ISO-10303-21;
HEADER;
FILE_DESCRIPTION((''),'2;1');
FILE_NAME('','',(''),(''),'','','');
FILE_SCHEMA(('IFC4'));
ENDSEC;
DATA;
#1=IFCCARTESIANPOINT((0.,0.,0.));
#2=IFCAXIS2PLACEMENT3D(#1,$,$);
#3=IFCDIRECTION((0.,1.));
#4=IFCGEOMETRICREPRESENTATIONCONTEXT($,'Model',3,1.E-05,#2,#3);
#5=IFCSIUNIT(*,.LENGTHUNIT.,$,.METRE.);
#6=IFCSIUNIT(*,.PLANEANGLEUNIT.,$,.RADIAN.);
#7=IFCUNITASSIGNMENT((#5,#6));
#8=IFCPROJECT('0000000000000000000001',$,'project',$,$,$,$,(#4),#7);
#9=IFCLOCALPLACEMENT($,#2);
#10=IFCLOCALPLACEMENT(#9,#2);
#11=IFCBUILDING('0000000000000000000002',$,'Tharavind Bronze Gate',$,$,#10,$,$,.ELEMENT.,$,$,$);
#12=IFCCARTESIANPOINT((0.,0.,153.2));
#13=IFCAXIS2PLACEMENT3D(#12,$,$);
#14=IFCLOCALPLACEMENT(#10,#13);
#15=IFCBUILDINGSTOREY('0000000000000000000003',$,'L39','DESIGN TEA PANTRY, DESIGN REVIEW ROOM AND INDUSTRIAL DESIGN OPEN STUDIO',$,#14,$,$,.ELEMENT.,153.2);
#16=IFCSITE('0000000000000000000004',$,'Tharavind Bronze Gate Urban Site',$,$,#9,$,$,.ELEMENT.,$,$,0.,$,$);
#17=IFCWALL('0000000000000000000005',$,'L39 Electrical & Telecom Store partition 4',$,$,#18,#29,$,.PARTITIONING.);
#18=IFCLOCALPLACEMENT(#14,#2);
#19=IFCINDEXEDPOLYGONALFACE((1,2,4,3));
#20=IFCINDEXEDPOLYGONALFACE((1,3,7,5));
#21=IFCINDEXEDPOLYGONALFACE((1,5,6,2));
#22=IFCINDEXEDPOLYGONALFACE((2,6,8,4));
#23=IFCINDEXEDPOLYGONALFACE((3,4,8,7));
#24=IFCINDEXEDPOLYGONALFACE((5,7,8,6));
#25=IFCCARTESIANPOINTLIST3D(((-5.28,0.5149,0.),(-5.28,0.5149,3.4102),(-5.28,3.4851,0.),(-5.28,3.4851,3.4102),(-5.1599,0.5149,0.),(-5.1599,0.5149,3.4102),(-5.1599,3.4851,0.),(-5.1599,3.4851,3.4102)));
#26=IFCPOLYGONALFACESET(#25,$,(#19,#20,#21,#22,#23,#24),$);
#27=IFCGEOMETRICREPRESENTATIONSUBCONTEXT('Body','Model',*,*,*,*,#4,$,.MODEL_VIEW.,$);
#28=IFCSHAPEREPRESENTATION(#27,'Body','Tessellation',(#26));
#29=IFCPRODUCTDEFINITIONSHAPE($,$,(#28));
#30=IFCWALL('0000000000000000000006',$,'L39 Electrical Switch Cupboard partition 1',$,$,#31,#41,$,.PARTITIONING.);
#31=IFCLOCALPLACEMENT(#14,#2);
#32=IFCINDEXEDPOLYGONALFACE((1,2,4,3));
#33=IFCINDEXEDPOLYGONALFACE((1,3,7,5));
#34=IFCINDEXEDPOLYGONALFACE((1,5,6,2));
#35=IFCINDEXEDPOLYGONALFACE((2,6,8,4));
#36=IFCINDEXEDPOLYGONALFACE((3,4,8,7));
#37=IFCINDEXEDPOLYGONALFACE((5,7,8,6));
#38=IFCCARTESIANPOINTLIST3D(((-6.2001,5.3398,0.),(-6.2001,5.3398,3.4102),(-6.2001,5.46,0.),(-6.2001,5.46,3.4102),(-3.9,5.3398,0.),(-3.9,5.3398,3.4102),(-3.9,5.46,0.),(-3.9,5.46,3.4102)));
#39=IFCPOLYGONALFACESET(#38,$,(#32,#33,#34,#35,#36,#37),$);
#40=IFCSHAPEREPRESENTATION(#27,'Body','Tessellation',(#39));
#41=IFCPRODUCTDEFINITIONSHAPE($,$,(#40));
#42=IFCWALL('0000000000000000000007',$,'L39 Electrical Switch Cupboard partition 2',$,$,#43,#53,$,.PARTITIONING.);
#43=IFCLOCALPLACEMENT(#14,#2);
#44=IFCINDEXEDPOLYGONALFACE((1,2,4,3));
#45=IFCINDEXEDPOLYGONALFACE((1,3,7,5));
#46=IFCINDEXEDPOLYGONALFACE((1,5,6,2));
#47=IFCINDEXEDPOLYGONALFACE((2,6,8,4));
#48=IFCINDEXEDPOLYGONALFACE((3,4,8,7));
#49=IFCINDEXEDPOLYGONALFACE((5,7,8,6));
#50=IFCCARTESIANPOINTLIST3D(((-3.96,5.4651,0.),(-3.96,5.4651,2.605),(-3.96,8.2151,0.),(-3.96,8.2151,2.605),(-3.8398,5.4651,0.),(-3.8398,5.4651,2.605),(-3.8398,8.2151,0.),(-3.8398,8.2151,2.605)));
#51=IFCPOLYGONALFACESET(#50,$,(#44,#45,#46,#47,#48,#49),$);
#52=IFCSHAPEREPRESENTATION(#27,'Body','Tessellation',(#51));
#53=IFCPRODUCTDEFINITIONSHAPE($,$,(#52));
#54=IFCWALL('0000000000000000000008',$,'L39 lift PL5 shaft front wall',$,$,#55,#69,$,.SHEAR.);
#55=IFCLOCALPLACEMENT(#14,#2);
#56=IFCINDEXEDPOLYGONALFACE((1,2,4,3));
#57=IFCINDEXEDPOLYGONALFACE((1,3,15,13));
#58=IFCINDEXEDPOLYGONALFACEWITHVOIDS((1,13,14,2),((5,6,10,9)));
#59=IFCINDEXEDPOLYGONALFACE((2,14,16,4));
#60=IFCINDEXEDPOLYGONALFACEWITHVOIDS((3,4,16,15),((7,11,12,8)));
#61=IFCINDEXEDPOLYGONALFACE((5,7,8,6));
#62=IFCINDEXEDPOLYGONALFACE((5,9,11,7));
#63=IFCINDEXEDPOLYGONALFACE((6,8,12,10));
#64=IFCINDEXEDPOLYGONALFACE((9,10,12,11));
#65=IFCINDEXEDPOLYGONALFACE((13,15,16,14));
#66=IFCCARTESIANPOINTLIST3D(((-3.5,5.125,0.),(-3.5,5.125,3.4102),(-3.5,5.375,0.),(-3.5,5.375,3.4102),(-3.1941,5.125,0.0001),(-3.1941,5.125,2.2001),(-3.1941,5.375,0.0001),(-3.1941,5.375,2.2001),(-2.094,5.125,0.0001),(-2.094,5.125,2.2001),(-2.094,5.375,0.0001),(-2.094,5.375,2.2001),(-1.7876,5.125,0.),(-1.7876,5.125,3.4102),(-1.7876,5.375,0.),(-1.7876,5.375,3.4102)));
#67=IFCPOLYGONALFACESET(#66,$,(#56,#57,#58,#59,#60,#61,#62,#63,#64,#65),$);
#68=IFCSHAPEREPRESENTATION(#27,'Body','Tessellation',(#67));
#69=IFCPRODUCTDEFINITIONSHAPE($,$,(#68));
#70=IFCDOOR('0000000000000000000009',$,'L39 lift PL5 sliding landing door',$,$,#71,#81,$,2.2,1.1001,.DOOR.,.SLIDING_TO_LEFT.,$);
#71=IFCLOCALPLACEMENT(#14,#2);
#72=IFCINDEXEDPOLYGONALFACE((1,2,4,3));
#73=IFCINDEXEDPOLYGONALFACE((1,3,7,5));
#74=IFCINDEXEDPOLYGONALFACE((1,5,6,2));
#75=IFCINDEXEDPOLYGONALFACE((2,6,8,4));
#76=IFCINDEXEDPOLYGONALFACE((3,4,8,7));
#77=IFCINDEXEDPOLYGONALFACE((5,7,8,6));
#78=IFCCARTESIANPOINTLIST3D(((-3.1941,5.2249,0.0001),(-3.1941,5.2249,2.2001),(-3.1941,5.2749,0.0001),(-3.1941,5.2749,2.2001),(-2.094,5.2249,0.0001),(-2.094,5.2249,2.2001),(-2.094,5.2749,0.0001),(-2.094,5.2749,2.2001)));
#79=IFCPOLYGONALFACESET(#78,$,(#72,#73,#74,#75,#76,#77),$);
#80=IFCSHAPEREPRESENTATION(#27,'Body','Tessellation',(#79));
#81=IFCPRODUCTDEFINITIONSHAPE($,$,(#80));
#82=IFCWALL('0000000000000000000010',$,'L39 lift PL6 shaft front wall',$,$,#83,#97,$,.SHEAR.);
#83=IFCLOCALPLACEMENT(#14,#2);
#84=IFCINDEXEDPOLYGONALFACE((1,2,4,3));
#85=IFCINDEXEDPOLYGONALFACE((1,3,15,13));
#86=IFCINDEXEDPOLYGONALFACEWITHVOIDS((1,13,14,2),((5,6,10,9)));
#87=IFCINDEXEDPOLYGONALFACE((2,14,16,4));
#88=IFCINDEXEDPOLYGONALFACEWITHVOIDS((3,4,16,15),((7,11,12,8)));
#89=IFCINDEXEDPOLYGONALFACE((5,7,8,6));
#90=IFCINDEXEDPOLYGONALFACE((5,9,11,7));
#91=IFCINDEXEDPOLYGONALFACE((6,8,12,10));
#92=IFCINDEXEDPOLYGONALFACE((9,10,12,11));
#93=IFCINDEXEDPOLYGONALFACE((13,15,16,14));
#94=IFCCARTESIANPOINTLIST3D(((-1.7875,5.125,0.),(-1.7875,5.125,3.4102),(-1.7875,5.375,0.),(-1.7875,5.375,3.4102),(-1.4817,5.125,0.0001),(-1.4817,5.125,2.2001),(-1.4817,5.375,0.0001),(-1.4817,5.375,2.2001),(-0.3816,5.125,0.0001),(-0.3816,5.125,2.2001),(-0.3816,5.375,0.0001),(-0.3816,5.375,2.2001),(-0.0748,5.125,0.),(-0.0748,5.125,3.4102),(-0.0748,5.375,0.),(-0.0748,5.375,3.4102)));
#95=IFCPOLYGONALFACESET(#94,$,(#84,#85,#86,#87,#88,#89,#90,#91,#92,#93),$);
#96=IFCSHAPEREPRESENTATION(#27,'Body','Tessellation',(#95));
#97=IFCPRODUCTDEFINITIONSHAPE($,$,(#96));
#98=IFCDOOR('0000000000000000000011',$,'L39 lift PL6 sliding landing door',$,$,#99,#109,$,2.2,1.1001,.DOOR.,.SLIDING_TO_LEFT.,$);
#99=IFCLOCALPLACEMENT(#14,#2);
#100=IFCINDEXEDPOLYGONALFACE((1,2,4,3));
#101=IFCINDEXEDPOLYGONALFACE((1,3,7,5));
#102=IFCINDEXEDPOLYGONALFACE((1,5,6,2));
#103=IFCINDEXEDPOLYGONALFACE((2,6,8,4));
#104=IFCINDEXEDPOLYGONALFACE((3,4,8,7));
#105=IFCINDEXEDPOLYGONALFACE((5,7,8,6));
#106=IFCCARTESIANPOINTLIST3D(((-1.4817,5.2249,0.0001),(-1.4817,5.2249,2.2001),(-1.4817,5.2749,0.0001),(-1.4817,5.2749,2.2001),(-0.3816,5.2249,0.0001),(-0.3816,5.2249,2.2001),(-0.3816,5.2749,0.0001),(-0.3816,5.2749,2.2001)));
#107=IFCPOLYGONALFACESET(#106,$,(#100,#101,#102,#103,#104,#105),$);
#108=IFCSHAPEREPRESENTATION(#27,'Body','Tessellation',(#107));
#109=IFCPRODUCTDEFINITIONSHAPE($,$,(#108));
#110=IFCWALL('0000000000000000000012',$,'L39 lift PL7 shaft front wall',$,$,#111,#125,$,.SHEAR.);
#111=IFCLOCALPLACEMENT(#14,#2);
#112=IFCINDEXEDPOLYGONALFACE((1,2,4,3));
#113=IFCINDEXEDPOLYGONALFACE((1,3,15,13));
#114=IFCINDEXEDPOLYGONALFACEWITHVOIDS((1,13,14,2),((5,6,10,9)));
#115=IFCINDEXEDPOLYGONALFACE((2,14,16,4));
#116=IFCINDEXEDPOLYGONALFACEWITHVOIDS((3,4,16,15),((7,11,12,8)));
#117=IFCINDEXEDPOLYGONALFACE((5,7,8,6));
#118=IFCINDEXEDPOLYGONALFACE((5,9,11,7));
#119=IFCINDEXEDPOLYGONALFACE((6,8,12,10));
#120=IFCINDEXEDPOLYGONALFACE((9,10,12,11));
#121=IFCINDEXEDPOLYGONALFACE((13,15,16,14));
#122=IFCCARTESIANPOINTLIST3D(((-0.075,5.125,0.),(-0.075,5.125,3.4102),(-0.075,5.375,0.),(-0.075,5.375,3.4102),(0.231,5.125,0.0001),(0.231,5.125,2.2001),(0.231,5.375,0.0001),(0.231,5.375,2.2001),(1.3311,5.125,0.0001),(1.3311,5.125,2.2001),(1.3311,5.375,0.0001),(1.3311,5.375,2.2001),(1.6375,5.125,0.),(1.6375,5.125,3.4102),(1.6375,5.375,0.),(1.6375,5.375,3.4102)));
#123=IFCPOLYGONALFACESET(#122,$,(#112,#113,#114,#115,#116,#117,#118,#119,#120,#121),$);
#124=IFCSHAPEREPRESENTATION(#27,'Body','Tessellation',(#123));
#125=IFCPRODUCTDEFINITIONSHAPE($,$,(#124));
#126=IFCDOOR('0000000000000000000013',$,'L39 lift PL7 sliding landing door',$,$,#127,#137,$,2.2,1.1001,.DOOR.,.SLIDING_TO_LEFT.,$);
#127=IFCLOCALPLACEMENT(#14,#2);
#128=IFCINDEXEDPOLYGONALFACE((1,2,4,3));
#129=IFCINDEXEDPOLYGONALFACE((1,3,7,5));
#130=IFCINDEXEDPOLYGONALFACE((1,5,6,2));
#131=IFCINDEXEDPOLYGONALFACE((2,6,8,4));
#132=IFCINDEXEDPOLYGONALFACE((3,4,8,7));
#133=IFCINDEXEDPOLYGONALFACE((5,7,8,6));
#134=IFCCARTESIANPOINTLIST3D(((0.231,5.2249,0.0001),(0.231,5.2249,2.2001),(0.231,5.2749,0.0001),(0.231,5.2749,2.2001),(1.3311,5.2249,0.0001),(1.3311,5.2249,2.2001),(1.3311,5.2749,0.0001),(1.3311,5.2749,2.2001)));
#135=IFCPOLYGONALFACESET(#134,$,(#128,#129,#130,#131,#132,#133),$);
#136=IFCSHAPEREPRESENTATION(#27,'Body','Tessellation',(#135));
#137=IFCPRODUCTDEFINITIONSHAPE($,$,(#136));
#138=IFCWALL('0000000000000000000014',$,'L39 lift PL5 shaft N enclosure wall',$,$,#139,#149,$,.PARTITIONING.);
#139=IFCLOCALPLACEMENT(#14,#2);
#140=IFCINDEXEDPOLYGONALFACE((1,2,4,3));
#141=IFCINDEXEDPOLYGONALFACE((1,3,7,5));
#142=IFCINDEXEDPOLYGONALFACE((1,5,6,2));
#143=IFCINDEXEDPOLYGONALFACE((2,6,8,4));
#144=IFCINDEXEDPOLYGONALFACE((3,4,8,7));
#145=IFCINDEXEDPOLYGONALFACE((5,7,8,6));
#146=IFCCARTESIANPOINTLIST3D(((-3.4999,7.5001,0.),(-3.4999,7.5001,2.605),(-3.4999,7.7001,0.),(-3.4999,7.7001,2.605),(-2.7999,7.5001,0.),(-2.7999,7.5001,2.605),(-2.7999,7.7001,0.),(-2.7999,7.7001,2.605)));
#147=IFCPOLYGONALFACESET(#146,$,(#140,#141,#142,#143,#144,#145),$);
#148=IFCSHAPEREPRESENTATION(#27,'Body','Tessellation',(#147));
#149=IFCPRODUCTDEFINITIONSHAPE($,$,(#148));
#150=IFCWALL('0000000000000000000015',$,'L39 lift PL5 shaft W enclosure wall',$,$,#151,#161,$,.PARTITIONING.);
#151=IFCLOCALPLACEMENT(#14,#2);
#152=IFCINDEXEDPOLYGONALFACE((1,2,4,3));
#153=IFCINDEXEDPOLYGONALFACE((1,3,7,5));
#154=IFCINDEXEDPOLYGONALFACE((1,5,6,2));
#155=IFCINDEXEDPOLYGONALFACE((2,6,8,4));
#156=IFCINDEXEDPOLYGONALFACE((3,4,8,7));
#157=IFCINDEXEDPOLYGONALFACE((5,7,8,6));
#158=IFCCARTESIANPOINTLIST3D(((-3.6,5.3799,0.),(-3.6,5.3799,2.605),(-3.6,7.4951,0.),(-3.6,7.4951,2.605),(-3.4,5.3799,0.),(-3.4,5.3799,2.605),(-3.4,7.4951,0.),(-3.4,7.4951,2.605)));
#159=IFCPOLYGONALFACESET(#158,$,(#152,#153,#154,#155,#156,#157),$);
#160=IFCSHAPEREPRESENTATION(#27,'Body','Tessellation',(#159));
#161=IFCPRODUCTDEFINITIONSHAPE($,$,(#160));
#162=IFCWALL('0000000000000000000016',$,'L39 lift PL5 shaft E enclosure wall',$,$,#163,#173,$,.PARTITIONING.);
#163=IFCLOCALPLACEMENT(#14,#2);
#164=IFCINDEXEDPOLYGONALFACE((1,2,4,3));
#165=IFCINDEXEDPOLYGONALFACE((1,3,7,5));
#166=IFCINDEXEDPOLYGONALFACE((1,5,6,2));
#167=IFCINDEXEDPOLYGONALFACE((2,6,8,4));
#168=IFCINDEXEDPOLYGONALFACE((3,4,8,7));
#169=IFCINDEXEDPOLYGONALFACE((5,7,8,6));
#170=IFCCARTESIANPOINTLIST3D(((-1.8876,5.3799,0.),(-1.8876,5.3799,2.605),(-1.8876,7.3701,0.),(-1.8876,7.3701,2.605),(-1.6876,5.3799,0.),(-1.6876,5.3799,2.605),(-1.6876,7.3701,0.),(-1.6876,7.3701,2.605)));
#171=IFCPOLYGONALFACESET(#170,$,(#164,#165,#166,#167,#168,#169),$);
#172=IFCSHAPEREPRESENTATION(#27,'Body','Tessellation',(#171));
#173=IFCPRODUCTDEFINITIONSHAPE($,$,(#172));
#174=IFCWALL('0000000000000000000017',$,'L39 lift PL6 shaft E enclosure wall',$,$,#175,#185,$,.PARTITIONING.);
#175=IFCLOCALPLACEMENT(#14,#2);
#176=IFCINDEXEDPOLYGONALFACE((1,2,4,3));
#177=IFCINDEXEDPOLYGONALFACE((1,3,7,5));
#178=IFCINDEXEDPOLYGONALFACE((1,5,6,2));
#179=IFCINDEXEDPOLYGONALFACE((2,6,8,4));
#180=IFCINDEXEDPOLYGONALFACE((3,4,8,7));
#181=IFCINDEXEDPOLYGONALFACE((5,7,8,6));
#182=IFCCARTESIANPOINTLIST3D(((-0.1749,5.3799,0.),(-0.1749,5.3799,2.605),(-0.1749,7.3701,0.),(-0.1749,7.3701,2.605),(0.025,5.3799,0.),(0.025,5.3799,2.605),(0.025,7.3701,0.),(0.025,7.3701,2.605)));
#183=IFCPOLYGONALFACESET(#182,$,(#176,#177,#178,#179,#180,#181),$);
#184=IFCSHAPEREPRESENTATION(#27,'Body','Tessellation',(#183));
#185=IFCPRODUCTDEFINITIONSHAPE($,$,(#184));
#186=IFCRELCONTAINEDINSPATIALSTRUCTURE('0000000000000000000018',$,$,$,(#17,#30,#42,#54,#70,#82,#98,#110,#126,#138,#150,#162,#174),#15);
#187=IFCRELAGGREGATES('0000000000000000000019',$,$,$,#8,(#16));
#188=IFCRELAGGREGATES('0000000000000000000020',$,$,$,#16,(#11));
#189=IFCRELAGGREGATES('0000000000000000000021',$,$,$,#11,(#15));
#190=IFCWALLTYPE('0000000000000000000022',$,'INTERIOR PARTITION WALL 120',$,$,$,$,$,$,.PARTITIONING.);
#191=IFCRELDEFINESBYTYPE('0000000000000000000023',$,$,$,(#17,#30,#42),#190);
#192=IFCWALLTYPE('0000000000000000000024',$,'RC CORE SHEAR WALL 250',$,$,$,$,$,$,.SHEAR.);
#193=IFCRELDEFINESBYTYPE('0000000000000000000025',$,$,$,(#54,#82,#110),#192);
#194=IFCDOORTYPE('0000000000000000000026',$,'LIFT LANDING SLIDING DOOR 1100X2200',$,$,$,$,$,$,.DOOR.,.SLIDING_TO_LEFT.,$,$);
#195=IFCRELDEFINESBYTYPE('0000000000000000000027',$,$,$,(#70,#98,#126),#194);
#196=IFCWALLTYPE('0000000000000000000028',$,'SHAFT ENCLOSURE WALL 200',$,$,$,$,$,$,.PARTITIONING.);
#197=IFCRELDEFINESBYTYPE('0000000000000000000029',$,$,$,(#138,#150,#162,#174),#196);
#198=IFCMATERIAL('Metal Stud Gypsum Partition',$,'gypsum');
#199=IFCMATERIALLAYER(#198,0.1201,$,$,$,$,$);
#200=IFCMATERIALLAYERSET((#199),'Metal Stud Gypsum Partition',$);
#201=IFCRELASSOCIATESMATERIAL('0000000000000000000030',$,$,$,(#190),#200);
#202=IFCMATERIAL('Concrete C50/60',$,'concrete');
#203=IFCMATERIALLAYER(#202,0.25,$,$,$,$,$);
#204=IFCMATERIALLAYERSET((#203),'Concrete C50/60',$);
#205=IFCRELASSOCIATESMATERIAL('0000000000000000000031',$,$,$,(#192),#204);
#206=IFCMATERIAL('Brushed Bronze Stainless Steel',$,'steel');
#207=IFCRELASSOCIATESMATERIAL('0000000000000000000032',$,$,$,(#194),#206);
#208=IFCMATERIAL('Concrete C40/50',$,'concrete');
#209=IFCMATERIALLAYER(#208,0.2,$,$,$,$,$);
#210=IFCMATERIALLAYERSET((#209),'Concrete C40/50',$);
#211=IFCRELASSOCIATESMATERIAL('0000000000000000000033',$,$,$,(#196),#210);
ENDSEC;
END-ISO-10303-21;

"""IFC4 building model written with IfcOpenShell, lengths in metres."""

from ifc_helpers import new_model, si_unit, direction, frame, frame_2d, origin, place, context, subcontext, project, spatial, rectangle, extrude, material, layer, layer_set, type_object, element, fill, save


model = new_model("IFC4")

# Units and contexts
model_context = context("Model", 3, precision=1e-05, world=origin(), true_north=direction((0.0, 1.0)))
body_context = subcontext(model_context, "Body", "Model", "MODEL_VIEW")
ifc_project = project(units=[si_unit("LENGTHUNIT", "METRE"), si_unit("PLANEANGLEUNIT", "RADIAN")], contexts=[model_context])

# Site, building, storey
site_placement = place(None, origin())
site = spatial("IfcSite", under=ifc_project, at=site_placement, Name="Tharavind Bronze Gate Urban Site", CompositionType="ELEMENT", RefElevation=0.0)
building_placement = place(site_placement, origin())
building = spatial("IfcBuilding", under=site, at=building_placement, Name="Tharavind Bronze Gate", CompositionType="ELEMENT")
storey_placement = place(building_placement, frame((0.0, 0.0, 153.2)))
storey = spatial("IfcBuildingStorey", under=building, at=storey_placement, Name="L39", Description="DESIGN TEA PANTRY, DESIGN REVIEW ROOM AND INDUSTRIAL DESIGN OPEN STUDIO", CompositionType="ELEMENT", Elevation=153.2)

# Shared definitions
ifc_material_1 = material(Name="Concrete C40/50", Category="concrete")

# Shared definitions
ifc_material_2 = material(Name="Metal Stud Gypsum Partition", Category="gypsum")
ifc_layer_1 = layer(ifc_material_2, 0.1201)
ifc_layer_set_1 = layer_set([ifc_layer_1], Name="Metal Stud Gypsum Partition")
wall_type_1 = type_object("IfcWallType", Name="INTERIOR PARTITION WALL 120", PredefinedType="PARTITIONING", material=ifc_layer_set_1)

# Walls
wall_1_placement = place(storey_placement, frame((-5.22, 3.4851, 0.0), z_axis=(0.0, 0.0, 1.0), x_axis=(0.0, -1.0, 0.0)))
element("IfcWall", 1, at=wall_1_placement, inside=storey, type_object=wall_type_1, Name="L39 Electrical & Telecom Store partition 4", PredefinedType="PARTITIONING", context=body_context, shape_type="SweptSolid", body=[
    extrude(rectangle(XDim=2.9702, YDim=0.1201, at=frame_2d((1.4851, 0.0))), origin(), (0.0, 0.0, 1.0), 3.4102),
])
wall_2_placement = place(storey_placement, frame((-6.2, 5.3999, 0.0), z_axis=(0.0, 0.0, 1.0), x_axis=(1.0, 0.0, 0.0)))
element("IfcWall", 2, at=wall_2_placement, inside=storey, type_object=wall_type_1, Name="L39 Electrical Switch Cupboard partition 1", PredefinedType="PARTITIONING", context=body_context, shape_type="SweptSolid", body=[
    extrude(rectangle(XDim=2.3, YDim=0.1201, at=frame_2d((1.1499, 0.0))), origin(), (0.0, 0.0, 1.0), 3.4102),
])
wall_3_placement = place(storey_placement, frame((-3.8999, 5.4651, 0.0), z_axis=(0.0, 0.0, 1.0), x_axis=(0.0, 1.0, 0.0)))
element("IfcWall", 3, at=wall_3_placement, inside=storey, type_object=wall_type_1, Name="L39 Electrical Switch Cupboard partition 2", PredefinedType="PARTITIONING", context=body_context, shape_type="SweptSolid", body=[
    extrude(rectangle(XDim=2.75, YDim=0.1201, at=frame_2d((1.375, 0.0))), origin(), (0.0, 0.0, 1.0), 2.605),
])

# Walls, openings, doors
ifc_material_3 = material(Name="Concrete C50/60", Category="concrete")
ifc_layer_2 = layer(ifc_material_3, 0.25)
ifc_layer_set_2 = layer_set([ifc_layer_2], Name="Concrete C50/60")
wall_type_2 = type_object("IfcWallType", Name="RC CORE SHEAR WALL 250", PredefinedType="SHEAR", material=ifc_layer_set_2)
wall_4_placement = place(storey_placement, frame((-3.5, 5.25, 0.0), z_axis=(0.0, 0.0, 1.0), x_axis=(1.0, 0.0, 0.0)))
wall_4 = element("IfcWall", 4, at=wall_4_placement, inside=storey, type_object=wall_type_2, Name="L39 lift PL5 shaft front wall", PredefinedType="SHEAR", context=body_context, shape_type="SweptSolid", body=[
    extrude(rectangle(XDim=1.7124, YDim=0.25, at=frame_2d((0.8562, 0.0))), origin(), (0.0, 0.0, 1.0), 3.4102),
])
opening_1_placement = place(wall_4_placement, frame((0.3059, 0.0, 0.0)))
opening_1 = element("IfcOpeningElement", 5, at=opening_1_placement, cuts=wall_4, PredefinedType="OPENING", context=body_context, shape_type="SweptSolid", body=[
    extrude(rectangle(XDim=1.1001, YDim=2.2, at=frame_2d((0.55, 1.1001))), frame((0.0, 0.135, 0.0), z_axis=(0.0, -1.0, 0.0), x_axis=(1.0, 0.0, 0.0)), (0.0, 0.0, 1.0), 0.27),
])
ifc_material_4 = material(Name="Brushed Bronze Stainless Steel", Category="steel")
door_type_1 = type_object("IfcDoorType", Name="LIFT LANDING SLIDING DOOR 1100X2200", OperationType="SLIDING_TO_LEFT", PredefinedType="DOOR", material=ifc_material_4)
door_1_placement = place(opening_1_placement, origin())
door_1 = element("IfcDoor", 6, at=door_1_placement, inside=storey, type_object=door_type_1, Name="L39 lift PL5 sliding landing door", OperationType="SLIDING_TO_LEFT", OverallHeight=2.2, OverallWidth=1.1001, PredefinedType="DOOR", context=body_context, shape_type="SweptSolid", body=[
    extrude(rectangle(XDim=1.1001, YDim=2.2, at=frame_2d((0.55, 1.1001))), frame((0.0, 0.0249, 0.0), z_axis=(0.0, -1.0, 0.0), x_axis=(1.0, 0.0, 0.0)), (0.0, 0.0, 1.0), 0.05),
])
fill(opening_1, door_1)
wall_5_placement = place(storey_placement, frame((-1.7876, 5.25, 0.0), z_axis=(0.0, 0.0, 1.0), x_axis=(1.0, 0.0, 0.0)))
wall_5 = element("IfcWall", 7, at=wall_5_placement, inside=storey, type_object=wall_type_2, Name="L39 lift PL6 shaft front wall", PredefinedType="SHEAR", context=body_context, shape_type="SweptSolid", body=[
    extrude(rectangle(XDim=1.7126, YDim=0.25, at=frame_2d((0.8564, 0.0))), origin(), (0.0, 0.0, 1.0), 3.4102),
])
opening_2_placement = place(wall_5_placement, frame((0.3059, 0.0, 0.0)))
opening_2 = element("IfcOpeningElement", 8, at=opening_2_placement, cuts=wall_5, PredefinedType="OPENING", context=body_context, shape_type="SweptSolid", body=[
    extrude(rectangle(XDim=1.1001, YDim=2.2, at=frame_2d((0.55, 1.1001))), frame((0.0, 0.135, 0.0), z_axis=(0.0, -1.0, 0.0), x_axis=(1.0, 0.0, 0.0)), (0.0, 0.0, 1.0), 0.27),
])
door_2_placement = place(opening_2_placement, origin())
door_2 = element("IfcDoor", 9, at=door_2_placement, inside=storey, type_object=door_type_1, Name="L39 lift PL6 sliding landing door", OperationType="SLIDING_TO_LEFT", OverallHeight=2.2, OverallWidth=1.1001, PredefinedType="DOOR", context=body_context, shape_type="SweptSolid", body=[
    extrude(rectangle(XDim=1.1001, YDim=2.2, at=frame_2d((0.55, 1.1001))), frame((0.0, 0.0249, 0.0), z_axis=(0.0, -1.0, 0.0), x_axis=(1.0, 0.0, 0.0)), (0.0, 0.0, 1.0), 0.05),
])
fill(opening_2, door_2)
wall_6_placement = place(storey_placement, frame((-0.075, 5.25, 0.0), z_axis=(0.0, 0.0, 1.0), x_axis=(1.0, 0.0, 0.0)))
wall_6 = element("IfcWall", 10, at=wall_6_placement, inside=storey, type_object=wall_type_2, Name="L39 lift PL7 shaft front wall", PredefinedType="SHEAR", context=body_context, shape_type="SweptSolid", body=[
    extrude(rectangle(XDim=1.7124, YDim=0.25, at=frame_2d((0.8562, 0.0))), origin(), (0.0, 0.0, 1.0), 3.4102),
])
opening_3_placement = place(wall_6_placement, frame((0.3059, 0.0, 0.0)))
opening_3 = element("IfcOpeningElement", 11, at=opening_3_placement, cuts=wall_6, PredefinedType="OPENING", context=body_context, shape_type="SweptSolid", body=[
    extrude(rectangle(XDim=1.1001, YDim=2.2, at=frame_2d((0.55, 1.1001))), frame((0.0, 0.135, 0.0), z_axis=(0.0, -1.0, 0.0), x_axis=(1.0, 0.0, 0.0)), (0.0, 0.0, 1.0), 0.27),
])
door_3_placement = place(opening_3_placement, origin())
door_3 = element("IfcDoor", 12, at=door_3_placement, inside=storey, type_object=door_type_1, Name="L39 lift PL7 sliding landing door", OperationType="SLIDING_TO_LEFT", OverallHeight=2.2, OverallWidth=1.1001, PredefinedType="DOOR", context=body_context, shape_type="SweptSolid", body=[
    extrude(rectangle(XDim=1.1001, YDim=2.2, at=frame_2d((0.55, 1.1001))), frame((0.0, 0.0249, 0.0), z_axis=(0.0, -1.0, 0.0), x_axis=(1.0, 0.0, 0.0)), (0.0, 0.0, 1.0), 0.05),
])
fill(opening_3, door_3)

# Walls
ifc_layer_3 = layer(ifc_material_1, 0.2)
ifc_layer_set_3 = layer_set([ifc_layer_3], Name="Concrete C40/50")
wall_type_3 = type_object("IfcWallType", Name="SHAFT ENCLOSURE WALL 200", PredefinedType="PARTITIONING", material=ifc_layer_set_3)
wall_7_placement = place(storey_placement, frame((-3.5, 7.6001, 0.0), z_axis=(0.0, 0.0, 1.0), x_axis=(1.0, 0.0, 0.0)))
element("IfcWall", 13, at=wall_7_placement, inside=storey, type_object=wall_type_3, Name="L39 lift PL5 shaft N enclosure wall", PredefinedType="PARTITIONING", context=body_context, shape_type="SweptSolid", body=[
    extrude(rectangle(XDim=0.7, YDim=0.2, at=frame_2d((0.3501, 0.0))), origin(), (0.0, 0.0, 1.0), 2.605),
])
wall_8_placement = place(storey_placement, frame((-3.5, 5.3799, 0.0), z_axis=(0.0, 0.0, 1.0), x_axis=(0.0, 1.0, 0.0)))
element("IfcWall", 14, at=wall_8_placement, inside=storey, type_object=wall_type_3, Name="L39 lift PL5 shaft W enclosure wall", PredefinedType="PARTITIONING", context=body_context, shape_type="SweptSolid", body=[
    extrude(rectangle(XDim=2.1152, YDim=0.2, at=frame_2d((1.0576, 0.0))), origin(), (0.0, 0.0, 1.0), 2.605),
])
for number, where, z_axis, x_axis, name in (
    (15, (-1.7876, 5.3799, 0.0), (0.0, 0.0, 1.0), (0.0, 1.0, 0.0), "L39 lift PL5 shaft E enclosure wall"),
    (16, (-0.075, 5.3799, 0.0), (0.0, 0.0, 1.0), (0.0, 1.0, 0.0), "L39 lift PL6 shaft E enclosure wall"),
):
    element("IfcWall", number, at=place(storey_placement, frame(where, z_axis=z_axis, x_axis=x_axis)), inside=storey, type_object=wall_type_3, Name=name, PredefinedType="PARTITIONING", context=body_context, shape_type="SweptSolid", body=[
        extrude(rectangle(XDim=1.9902, YDim=0.2, at=frame_2d((0.9951, 0.0))), origin(), (0.0, 0.0, 1.0), 2.605),
    ])

save(model, "model.ifc")
